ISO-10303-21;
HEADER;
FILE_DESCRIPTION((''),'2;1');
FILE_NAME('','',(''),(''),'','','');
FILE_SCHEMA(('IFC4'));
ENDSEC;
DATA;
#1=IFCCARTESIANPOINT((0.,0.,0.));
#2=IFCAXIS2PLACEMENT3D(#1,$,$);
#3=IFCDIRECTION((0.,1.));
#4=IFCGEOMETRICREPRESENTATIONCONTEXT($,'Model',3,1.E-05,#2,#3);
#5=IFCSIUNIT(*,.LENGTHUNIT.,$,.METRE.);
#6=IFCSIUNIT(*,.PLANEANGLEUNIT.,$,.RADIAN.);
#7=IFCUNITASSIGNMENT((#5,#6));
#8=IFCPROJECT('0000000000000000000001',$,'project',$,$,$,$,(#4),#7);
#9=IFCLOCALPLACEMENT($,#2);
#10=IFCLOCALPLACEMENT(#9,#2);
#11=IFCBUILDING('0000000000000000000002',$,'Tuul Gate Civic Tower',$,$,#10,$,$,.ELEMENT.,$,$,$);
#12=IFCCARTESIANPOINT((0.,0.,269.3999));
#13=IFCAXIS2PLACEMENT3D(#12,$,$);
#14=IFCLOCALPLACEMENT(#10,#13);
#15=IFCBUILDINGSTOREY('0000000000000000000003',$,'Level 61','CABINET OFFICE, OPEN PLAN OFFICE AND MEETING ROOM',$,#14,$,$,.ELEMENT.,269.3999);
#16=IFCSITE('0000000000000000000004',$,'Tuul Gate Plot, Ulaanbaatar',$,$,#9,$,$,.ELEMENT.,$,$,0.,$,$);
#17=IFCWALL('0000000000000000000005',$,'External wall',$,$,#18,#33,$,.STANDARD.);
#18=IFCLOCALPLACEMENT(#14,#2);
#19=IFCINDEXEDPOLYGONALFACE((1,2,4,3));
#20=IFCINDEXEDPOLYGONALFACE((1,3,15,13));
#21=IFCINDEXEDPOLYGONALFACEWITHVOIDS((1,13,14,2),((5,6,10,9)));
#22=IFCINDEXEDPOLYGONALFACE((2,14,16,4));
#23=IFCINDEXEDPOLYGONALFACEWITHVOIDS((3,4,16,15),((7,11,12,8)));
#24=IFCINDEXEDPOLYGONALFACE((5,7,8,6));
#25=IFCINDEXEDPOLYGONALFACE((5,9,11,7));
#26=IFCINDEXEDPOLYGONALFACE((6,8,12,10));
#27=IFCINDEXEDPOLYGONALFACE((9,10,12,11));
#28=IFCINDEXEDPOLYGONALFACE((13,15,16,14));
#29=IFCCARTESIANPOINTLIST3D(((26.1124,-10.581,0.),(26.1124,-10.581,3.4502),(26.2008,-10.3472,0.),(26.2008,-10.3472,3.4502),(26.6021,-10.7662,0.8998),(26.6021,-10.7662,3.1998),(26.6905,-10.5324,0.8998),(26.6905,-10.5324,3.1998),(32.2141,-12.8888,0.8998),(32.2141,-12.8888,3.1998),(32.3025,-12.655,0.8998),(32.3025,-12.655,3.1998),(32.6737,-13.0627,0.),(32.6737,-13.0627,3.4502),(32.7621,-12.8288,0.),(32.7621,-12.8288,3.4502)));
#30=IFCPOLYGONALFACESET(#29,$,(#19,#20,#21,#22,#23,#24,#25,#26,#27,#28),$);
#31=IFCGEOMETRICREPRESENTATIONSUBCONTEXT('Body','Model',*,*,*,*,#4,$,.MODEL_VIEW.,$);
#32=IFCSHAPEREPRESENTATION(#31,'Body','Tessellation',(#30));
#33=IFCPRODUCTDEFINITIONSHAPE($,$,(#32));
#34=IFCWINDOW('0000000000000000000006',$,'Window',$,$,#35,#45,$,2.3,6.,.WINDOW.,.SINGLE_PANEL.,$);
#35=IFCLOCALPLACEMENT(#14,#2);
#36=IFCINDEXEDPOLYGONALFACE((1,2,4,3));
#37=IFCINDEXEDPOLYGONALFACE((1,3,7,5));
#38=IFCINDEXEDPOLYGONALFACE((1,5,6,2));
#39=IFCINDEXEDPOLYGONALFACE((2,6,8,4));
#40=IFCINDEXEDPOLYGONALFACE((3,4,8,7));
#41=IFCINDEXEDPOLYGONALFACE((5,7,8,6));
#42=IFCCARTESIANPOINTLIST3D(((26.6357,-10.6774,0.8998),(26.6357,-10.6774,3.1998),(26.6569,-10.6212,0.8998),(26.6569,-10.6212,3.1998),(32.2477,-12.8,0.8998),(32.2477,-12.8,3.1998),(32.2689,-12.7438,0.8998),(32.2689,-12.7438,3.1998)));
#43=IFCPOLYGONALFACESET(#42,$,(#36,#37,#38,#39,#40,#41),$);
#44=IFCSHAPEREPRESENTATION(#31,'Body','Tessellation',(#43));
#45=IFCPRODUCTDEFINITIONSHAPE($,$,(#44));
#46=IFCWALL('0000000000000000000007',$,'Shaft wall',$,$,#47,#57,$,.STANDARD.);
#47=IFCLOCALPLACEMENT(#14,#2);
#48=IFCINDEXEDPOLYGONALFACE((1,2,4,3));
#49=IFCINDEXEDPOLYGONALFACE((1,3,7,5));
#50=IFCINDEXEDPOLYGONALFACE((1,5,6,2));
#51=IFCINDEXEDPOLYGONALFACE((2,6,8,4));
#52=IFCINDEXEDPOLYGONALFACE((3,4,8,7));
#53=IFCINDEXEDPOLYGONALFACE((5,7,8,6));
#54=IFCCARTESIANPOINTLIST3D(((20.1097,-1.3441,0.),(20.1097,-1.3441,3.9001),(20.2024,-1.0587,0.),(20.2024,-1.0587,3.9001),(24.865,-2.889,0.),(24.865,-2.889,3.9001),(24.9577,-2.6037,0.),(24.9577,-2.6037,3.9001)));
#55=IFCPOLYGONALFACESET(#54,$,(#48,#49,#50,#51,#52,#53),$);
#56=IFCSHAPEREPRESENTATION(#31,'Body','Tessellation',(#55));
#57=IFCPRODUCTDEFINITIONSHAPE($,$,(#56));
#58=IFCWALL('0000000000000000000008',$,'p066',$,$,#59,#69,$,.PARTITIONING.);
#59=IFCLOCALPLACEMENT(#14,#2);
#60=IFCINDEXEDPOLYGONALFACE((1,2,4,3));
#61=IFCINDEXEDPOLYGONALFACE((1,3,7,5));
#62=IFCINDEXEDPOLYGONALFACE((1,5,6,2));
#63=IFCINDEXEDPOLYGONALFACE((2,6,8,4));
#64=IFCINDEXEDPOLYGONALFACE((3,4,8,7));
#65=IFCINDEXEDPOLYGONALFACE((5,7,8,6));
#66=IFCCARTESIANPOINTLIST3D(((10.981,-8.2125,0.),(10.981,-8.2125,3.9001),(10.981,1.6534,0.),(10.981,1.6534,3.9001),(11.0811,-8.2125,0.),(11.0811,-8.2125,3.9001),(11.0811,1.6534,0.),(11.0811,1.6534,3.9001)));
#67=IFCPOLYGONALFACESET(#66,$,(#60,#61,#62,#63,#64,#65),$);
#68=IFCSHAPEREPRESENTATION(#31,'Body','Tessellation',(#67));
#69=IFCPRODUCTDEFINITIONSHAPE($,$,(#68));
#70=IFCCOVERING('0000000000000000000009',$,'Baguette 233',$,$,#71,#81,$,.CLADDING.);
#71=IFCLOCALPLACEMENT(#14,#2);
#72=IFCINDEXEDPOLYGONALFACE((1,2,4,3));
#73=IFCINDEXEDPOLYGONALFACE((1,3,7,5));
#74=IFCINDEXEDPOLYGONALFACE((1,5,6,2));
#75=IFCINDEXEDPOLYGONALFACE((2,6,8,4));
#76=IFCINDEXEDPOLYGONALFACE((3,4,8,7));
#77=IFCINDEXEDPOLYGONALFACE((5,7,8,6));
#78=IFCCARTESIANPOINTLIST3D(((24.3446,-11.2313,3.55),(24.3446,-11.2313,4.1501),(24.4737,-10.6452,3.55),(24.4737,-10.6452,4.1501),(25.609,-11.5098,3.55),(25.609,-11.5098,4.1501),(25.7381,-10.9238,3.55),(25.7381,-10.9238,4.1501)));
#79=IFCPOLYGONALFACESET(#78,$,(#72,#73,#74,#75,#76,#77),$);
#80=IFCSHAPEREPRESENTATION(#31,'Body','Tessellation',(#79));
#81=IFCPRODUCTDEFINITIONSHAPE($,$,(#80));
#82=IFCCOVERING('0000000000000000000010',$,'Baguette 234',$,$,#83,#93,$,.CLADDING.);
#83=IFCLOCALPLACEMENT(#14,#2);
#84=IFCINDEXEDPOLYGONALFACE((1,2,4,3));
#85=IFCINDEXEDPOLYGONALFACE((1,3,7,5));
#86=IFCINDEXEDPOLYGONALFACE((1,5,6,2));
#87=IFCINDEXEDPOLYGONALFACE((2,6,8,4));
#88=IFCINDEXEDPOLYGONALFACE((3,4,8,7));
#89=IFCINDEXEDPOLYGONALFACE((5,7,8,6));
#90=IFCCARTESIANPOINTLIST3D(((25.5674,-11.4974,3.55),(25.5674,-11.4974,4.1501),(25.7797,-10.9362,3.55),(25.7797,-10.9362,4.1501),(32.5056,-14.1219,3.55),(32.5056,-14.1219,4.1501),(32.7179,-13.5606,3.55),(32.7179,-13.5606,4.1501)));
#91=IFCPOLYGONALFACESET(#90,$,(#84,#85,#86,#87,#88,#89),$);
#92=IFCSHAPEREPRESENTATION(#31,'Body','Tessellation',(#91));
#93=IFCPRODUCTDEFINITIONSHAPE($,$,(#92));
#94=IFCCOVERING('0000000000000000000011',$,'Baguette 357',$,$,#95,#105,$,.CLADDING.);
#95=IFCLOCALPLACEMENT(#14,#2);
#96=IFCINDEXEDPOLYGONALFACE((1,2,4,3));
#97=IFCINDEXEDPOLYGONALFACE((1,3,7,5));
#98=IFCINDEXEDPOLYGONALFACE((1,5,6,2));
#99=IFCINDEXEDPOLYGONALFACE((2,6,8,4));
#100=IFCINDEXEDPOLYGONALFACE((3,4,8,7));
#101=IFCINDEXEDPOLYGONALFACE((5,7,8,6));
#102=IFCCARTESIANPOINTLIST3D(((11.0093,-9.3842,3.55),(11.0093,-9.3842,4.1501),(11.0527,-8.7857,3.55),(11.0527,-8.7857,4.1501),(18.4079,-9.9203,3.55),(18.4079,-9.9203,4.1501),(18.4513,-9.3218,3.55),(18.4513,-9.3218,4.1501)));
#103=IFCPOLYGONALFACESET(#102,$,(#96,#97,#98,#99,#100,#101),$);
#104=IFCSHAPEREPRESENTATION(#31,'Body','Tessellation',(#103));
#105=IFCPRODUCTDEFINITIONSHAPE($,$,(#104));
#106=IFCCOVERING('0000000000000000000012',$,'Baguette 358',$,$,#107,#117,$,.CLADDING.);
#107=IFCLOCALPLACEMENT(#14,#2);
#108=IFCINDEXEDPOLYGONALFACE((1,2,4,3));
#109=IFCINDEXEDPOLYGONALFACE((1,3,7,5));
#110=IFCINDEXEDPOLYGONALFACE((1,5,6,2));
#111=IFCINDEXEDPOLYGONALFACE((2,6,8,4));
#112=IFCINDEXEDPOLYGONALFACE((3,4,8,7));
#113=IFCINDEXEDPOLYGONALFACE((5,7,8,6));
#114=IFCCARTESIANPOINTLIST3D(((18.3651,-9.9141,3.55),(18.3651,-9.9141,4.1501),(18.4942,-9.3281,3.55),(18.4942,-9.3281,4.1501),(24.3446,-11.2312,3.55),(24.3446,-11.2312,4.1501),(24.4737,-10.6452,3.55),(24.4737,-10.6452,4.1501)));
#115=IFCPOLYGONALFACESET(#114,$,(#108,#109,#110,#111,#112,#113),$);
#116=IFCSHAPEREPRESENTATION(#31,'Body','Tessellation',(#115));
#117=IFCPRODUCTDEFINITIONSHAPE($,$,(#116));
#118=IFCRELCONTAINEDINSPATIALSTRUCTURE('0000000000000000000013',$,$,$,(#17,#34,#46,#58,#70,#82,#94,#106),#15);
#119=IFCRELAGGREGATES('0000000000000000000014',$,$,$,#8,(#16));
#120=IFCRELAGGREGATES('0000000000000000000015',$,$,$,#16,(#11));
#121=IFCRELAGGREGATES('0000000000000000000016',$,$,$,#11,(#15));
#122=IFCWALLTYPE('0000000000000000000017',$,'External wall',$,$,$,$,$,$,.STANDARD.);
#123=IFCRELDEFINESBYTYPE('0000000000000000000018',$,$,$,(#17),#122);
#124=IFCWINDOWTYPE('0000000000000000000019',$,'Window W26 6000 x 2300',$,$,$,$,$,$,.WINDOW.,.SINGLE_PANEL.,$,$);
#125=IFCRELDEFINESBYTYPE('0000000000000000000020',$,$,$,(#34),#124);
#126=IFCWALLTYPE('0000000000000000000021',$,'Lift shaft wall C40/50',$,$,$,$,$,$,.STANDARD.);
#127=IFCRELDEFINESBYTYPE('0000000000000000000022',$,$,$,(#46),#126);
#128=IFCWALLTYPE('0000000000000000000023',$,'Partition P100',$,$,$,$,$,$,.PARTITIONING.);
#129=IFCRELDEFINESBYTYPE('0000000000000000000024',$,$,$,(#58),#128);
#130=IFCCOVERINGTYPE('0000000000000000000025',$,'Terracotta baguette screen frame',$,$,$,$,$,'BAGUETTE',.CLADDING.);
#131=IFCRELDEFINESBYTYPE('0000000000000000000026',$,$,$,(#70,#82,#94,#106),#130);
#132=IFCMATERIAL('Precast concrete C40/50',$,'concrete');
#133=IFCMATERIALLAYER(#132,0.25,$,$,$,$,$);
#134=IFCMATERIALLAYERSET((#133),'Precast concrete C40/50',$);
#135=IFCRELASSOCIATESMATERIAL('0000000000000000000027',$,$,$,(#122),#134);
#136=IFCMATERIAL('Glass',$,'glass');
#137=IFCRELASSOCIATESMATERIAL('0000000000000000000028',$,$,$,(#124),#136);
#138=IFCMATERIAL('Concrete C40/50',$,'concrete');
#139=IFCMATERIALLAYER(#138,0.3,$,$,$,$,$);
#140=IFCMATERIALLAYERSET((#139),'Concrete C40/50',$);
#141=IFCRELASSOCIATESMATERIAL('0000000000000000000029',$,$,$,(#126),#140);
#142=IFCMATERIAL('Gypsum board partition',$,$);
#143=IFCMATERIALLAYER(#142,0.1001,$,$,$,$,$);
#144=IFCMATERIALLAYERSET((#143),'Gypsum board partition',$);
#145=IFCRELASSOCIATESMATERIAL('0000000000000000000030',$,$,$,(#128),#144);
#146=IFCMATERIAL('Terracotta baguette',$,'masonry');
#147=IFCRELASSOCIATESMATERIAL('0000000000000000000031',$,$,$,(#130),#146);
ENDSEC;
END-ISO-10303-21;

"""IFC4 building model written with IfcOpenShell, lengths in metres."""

from ifc_helpers import new_model, si_unit, direction, frame, frame_2d, origin, origin_2d, place, context, subcontext, project, spatial, rectangle, extrude, material, layer, layer_set, material_profile, profile_set, type_object, element, fill, save


model = new_model("IFC4")

# Units and contexts
model_context = context("Model", 3, precision=1e-05, world=origin(), true_north=direction((0.0, 1.0)))
body_context = subcontext(model_context, "Body", "Model", "MODEL_VIEW")
ifc_project = project(units=[si_unit("LENGTHUNIT", "METRE"), si_unit("PLANEANGLEUNIT", "RADIAN")], contexts=[model_context])

# Site, building, storey
site_placement = place(None, origin())
site = spatial("IfcSite", under=ifc_project, at=site_placement, Name="Tuul Gate Plot, Ulaanbaatar", CompositionType="ELEMENT", RefElevation=0.0)
building_placement = place(site_placement, origin())
building = spatial("IfcBuilding", under=site, at=building_placement, Name="Tuul Gate Civic Tower", CompositionType="ELEMENT")
storey_placement = place(building_placement, frame((0.0, 0.0, 269.3999)))
storey = spatial("IfcBuildingStorey", under=building, at=storey_placement, Name="Level 61", Description="CABINET OFFICE, OPEN PLAN OFFICE AND MEETING ROOM", CompositionType="ELEMENT", Elevation=269.3999)

# Wall, opening, window
ifc_material_1 = material(Name="Precast concrete C40/50", Category="concrete")
ifc_layer_1 = layer(ifc_material_1, 0.25)
ifc_layer_set_1 = layer_set([ifc_layer_1], Name="Precast concrete C40/50")
wall_type_1 = type_object("IfcWallType", Name="External wall", PredefinedType="STANDARD", material=ifc_layer_set_1)
ifc_material_2 = material(Name="Glass", Category="glass")
window_type = type_object("IfcWindowType", Name="Window W26 6000 x 2300", PartitioningType="SINGLE_PANEL", PredefinedType="WINDOW", material=ifc_material_2)
wall_1_placement = place(storey_placement, frame((26.1567, -10.4641, 0.0), z_axis=(0.0, 0.0, 1.0), x_axis=(0.935331, -0.353773, 0.0)))
wall_1 = element("IfcWall", 1, at=wall_1_placement, inside=storey, type_object=wall_type_1, Name="External wall", PredefinedType="STANDARD", context=body_context, shape_type="SweptSolid", body=[
    extrude(rectangle(XDim=7.0149, YDim=0.25, at=frame_2d((3.5073, 0.0))), origin(), (0.0, 0.0, 1.0), 3.4502),
])
opening_1_placement = place(wall_1_placement, frame((0.5234, 0.0, 0.8999)))
opening_1 = element("IfcOpeningElement", 2, at=opening_1_placement, cuts=wall_1, PredefinedType="OPENING", context=body_context, shape_type="SweptSolid", body=[
    extrude(rectangle(XDim=6.0, YDim=2.3, at=frame_2d((3.0, 1.1499))), frame((0.0, 0.135, 0.0), z_axis=(0.0, -1.0, 0.0), x_axis=(1.0, 0.0, 0.0)), (0.0, 0.0, 1.0), 0.27),
])
window_1_placement = place(opening_1_placement, origin())
window_1 = element("IfcWindow", 3, at=window_1_placement, inside=storey, type_object=window_type, Name="Window", OverallHeight=2.3, OverallWidth=6.0, PartitioningType="SINGLE_PANEL", PredefinedType="WINDOW", context=body_context, shape_type="SweptSolid", body=[
    extrude(rectangle(XDim=6.0, YDim=2.3, at=frame_2d((3.0, 1.1499))), frame((0.0, 0.03, 0.0), z_axis=(0.0, -1.0, 0.0), x_axis=(1.0, 0.0, 0.0)), (0.0, 0.0, 1.0), 0.0601),
])
fill(opening_1, window_1)

# Walls
ifc_material_3 = material(Name="Concrete C40/50", Category="concrete")
ifc_layer_2 = layer(ifc_material_3, 0.3)
ifc_layer_set_2 = layer_set([ifc_layer_2], Name="Concrete C40/50")
wall_type_2 = type_object("IfcWallType", Name="Lift shaft wall C40/50", PredefinedType="STANDARD", material=ifc_layer_set_2)
wall_2_placement = place(storey_placement, frame((24.9114, -2.7463, 0.0), z_axis=(0.0, 0.0, 1.0), x_axis=(-0.951068, 0.308982, 0.0)))
element("IfcWall", 4, at=wall_2_placement, inside=storey, type_object=wall_type_2, Name="Shaft wall", PredefinedType="STANDARD", context=body_context, shape_type="SweptSolid", body=[
    extrude(rectangle(XDim=5.0, YDim=0.3, at=frame_2d((2.5, 0.0))), origin(), (0.0, 0.0, 1.0), 3.9001),
])
ifc_material_4 = material(Name="Gypsum board partition")
ifc_layer_3 = layer(ifc_material_4, 0.1001)
ifc_layer_set_3 = layer_set([ifc_layer_3], Name="Gypsum board partition")
wall_type_3 = type_object("IfcWallType", Name="Partition P100", PredefinedType="PARTITIONING", material=ifc_layer_set_3)
wall_3_placement = place(storey_placement, frame((11.031, -8.2126, 0.0), z_axis=(0.0, 0.0, 1.0), x_axis=(0.0, 1.0, 0.0)))
element("IfcWall", 5, at=wall_3_placement, inside=storey, type_object=wall_type_3, Name="p066", PredefinedType="PARTITIONING", context=body_context, shape_type="SweptSolid", body=[
    extrude(rectangle(XDim=9.866, YDim=0.1001, at=frame_2d((4.9331, 0.0))), origin(), (0.0, 0.0, 1.0), 3.9001),
])

# Coverings
ifc_material_5 = material(Name="Terracotta baguette", Category="masonry")
ifc_material_profile_1 = material_profile(ifc_material_5, rectangle(XDim=0.6001, YDim=0.6001, at=origin_2d()), Name="Terracotta baguette screen frame")
ifc_profile_set_1 = profile_set([ifc_material_profile_1], Name="Terracotta baguette")
covering_type = type_object("IfcCoveringType", Name="Terracotta baguette screen frame", ElementType="BAGUETTE", PredefinedType="CLADDING", material=ifc_profile_set_1)
covering_1_placement = place(storey_placement, frame((24.4092, -10.9382, 3.8501), z_axis=(0.97658, -0.215153, 0.0), x_axis=(0.215153, 0.97658, 0.0)))
element("IfcCovering", 6, at=covering_1_placement, inside=storey, type_object=covering_type, Name="Baguette 233", PredefinedType="CLADDING", context=body_context, shape_type="SweptSolid", body=[
    extrude(rectangle(XDim=0.6001, YDim=0.6001, at=origin_2d()), origin(), (0.0, 0.0, 1.0), 1.2947),
])
for number, where, z_axis, x_axis, name in (
    (7, (25.6736, -11.2168, 3.8501), (0.93532, -0.353802, 0.0), (0.353802, 0.93532, 0.0), "Baguette 234"),
    (8, (11.031, -9.085, 3.8501), (0.997385, -0.072274, 0.0), (0.072274, 0.997385, 0.0), "Baguette 357"),
):
    element("IfcCovering", number, at=place(storey_placement, frame(where, z_axis=z_axis, x_axis=x_axis)), inside=storey, type_object=covering_type, Name=name, PredefinedType="CLADDING", context=body_context, shape_type="SweptSolid", body=[
        extrude(rectangle(XDim=0.6001, YDim=0.6001, at=origin_2d()), origin(), (0.0, 0.0, 1.0), 7.418),
    ])
covering_2_placement = place(storey_placement, frame((18.4297, -9.6211, 3.8501), z_axis=(0.976588, -0.215119, 0.0), x_axis=(0.215119, 0.976588, 0.0)))
element("IfcCovering", 9, at=covering_2_placement, inside=storey, type_object=covering_type, Name="Baguette 358", PredefinedType="CLADDING", context=body_context, shape_type="SweptSolid", body=[
    extrude(rectangle(XDim=0.6001, YDim=0.6001, at=origin_2d()), origin(), (0.0, 0.0, 1.0), 6.1228),
])

save(model, "model.ifc")
